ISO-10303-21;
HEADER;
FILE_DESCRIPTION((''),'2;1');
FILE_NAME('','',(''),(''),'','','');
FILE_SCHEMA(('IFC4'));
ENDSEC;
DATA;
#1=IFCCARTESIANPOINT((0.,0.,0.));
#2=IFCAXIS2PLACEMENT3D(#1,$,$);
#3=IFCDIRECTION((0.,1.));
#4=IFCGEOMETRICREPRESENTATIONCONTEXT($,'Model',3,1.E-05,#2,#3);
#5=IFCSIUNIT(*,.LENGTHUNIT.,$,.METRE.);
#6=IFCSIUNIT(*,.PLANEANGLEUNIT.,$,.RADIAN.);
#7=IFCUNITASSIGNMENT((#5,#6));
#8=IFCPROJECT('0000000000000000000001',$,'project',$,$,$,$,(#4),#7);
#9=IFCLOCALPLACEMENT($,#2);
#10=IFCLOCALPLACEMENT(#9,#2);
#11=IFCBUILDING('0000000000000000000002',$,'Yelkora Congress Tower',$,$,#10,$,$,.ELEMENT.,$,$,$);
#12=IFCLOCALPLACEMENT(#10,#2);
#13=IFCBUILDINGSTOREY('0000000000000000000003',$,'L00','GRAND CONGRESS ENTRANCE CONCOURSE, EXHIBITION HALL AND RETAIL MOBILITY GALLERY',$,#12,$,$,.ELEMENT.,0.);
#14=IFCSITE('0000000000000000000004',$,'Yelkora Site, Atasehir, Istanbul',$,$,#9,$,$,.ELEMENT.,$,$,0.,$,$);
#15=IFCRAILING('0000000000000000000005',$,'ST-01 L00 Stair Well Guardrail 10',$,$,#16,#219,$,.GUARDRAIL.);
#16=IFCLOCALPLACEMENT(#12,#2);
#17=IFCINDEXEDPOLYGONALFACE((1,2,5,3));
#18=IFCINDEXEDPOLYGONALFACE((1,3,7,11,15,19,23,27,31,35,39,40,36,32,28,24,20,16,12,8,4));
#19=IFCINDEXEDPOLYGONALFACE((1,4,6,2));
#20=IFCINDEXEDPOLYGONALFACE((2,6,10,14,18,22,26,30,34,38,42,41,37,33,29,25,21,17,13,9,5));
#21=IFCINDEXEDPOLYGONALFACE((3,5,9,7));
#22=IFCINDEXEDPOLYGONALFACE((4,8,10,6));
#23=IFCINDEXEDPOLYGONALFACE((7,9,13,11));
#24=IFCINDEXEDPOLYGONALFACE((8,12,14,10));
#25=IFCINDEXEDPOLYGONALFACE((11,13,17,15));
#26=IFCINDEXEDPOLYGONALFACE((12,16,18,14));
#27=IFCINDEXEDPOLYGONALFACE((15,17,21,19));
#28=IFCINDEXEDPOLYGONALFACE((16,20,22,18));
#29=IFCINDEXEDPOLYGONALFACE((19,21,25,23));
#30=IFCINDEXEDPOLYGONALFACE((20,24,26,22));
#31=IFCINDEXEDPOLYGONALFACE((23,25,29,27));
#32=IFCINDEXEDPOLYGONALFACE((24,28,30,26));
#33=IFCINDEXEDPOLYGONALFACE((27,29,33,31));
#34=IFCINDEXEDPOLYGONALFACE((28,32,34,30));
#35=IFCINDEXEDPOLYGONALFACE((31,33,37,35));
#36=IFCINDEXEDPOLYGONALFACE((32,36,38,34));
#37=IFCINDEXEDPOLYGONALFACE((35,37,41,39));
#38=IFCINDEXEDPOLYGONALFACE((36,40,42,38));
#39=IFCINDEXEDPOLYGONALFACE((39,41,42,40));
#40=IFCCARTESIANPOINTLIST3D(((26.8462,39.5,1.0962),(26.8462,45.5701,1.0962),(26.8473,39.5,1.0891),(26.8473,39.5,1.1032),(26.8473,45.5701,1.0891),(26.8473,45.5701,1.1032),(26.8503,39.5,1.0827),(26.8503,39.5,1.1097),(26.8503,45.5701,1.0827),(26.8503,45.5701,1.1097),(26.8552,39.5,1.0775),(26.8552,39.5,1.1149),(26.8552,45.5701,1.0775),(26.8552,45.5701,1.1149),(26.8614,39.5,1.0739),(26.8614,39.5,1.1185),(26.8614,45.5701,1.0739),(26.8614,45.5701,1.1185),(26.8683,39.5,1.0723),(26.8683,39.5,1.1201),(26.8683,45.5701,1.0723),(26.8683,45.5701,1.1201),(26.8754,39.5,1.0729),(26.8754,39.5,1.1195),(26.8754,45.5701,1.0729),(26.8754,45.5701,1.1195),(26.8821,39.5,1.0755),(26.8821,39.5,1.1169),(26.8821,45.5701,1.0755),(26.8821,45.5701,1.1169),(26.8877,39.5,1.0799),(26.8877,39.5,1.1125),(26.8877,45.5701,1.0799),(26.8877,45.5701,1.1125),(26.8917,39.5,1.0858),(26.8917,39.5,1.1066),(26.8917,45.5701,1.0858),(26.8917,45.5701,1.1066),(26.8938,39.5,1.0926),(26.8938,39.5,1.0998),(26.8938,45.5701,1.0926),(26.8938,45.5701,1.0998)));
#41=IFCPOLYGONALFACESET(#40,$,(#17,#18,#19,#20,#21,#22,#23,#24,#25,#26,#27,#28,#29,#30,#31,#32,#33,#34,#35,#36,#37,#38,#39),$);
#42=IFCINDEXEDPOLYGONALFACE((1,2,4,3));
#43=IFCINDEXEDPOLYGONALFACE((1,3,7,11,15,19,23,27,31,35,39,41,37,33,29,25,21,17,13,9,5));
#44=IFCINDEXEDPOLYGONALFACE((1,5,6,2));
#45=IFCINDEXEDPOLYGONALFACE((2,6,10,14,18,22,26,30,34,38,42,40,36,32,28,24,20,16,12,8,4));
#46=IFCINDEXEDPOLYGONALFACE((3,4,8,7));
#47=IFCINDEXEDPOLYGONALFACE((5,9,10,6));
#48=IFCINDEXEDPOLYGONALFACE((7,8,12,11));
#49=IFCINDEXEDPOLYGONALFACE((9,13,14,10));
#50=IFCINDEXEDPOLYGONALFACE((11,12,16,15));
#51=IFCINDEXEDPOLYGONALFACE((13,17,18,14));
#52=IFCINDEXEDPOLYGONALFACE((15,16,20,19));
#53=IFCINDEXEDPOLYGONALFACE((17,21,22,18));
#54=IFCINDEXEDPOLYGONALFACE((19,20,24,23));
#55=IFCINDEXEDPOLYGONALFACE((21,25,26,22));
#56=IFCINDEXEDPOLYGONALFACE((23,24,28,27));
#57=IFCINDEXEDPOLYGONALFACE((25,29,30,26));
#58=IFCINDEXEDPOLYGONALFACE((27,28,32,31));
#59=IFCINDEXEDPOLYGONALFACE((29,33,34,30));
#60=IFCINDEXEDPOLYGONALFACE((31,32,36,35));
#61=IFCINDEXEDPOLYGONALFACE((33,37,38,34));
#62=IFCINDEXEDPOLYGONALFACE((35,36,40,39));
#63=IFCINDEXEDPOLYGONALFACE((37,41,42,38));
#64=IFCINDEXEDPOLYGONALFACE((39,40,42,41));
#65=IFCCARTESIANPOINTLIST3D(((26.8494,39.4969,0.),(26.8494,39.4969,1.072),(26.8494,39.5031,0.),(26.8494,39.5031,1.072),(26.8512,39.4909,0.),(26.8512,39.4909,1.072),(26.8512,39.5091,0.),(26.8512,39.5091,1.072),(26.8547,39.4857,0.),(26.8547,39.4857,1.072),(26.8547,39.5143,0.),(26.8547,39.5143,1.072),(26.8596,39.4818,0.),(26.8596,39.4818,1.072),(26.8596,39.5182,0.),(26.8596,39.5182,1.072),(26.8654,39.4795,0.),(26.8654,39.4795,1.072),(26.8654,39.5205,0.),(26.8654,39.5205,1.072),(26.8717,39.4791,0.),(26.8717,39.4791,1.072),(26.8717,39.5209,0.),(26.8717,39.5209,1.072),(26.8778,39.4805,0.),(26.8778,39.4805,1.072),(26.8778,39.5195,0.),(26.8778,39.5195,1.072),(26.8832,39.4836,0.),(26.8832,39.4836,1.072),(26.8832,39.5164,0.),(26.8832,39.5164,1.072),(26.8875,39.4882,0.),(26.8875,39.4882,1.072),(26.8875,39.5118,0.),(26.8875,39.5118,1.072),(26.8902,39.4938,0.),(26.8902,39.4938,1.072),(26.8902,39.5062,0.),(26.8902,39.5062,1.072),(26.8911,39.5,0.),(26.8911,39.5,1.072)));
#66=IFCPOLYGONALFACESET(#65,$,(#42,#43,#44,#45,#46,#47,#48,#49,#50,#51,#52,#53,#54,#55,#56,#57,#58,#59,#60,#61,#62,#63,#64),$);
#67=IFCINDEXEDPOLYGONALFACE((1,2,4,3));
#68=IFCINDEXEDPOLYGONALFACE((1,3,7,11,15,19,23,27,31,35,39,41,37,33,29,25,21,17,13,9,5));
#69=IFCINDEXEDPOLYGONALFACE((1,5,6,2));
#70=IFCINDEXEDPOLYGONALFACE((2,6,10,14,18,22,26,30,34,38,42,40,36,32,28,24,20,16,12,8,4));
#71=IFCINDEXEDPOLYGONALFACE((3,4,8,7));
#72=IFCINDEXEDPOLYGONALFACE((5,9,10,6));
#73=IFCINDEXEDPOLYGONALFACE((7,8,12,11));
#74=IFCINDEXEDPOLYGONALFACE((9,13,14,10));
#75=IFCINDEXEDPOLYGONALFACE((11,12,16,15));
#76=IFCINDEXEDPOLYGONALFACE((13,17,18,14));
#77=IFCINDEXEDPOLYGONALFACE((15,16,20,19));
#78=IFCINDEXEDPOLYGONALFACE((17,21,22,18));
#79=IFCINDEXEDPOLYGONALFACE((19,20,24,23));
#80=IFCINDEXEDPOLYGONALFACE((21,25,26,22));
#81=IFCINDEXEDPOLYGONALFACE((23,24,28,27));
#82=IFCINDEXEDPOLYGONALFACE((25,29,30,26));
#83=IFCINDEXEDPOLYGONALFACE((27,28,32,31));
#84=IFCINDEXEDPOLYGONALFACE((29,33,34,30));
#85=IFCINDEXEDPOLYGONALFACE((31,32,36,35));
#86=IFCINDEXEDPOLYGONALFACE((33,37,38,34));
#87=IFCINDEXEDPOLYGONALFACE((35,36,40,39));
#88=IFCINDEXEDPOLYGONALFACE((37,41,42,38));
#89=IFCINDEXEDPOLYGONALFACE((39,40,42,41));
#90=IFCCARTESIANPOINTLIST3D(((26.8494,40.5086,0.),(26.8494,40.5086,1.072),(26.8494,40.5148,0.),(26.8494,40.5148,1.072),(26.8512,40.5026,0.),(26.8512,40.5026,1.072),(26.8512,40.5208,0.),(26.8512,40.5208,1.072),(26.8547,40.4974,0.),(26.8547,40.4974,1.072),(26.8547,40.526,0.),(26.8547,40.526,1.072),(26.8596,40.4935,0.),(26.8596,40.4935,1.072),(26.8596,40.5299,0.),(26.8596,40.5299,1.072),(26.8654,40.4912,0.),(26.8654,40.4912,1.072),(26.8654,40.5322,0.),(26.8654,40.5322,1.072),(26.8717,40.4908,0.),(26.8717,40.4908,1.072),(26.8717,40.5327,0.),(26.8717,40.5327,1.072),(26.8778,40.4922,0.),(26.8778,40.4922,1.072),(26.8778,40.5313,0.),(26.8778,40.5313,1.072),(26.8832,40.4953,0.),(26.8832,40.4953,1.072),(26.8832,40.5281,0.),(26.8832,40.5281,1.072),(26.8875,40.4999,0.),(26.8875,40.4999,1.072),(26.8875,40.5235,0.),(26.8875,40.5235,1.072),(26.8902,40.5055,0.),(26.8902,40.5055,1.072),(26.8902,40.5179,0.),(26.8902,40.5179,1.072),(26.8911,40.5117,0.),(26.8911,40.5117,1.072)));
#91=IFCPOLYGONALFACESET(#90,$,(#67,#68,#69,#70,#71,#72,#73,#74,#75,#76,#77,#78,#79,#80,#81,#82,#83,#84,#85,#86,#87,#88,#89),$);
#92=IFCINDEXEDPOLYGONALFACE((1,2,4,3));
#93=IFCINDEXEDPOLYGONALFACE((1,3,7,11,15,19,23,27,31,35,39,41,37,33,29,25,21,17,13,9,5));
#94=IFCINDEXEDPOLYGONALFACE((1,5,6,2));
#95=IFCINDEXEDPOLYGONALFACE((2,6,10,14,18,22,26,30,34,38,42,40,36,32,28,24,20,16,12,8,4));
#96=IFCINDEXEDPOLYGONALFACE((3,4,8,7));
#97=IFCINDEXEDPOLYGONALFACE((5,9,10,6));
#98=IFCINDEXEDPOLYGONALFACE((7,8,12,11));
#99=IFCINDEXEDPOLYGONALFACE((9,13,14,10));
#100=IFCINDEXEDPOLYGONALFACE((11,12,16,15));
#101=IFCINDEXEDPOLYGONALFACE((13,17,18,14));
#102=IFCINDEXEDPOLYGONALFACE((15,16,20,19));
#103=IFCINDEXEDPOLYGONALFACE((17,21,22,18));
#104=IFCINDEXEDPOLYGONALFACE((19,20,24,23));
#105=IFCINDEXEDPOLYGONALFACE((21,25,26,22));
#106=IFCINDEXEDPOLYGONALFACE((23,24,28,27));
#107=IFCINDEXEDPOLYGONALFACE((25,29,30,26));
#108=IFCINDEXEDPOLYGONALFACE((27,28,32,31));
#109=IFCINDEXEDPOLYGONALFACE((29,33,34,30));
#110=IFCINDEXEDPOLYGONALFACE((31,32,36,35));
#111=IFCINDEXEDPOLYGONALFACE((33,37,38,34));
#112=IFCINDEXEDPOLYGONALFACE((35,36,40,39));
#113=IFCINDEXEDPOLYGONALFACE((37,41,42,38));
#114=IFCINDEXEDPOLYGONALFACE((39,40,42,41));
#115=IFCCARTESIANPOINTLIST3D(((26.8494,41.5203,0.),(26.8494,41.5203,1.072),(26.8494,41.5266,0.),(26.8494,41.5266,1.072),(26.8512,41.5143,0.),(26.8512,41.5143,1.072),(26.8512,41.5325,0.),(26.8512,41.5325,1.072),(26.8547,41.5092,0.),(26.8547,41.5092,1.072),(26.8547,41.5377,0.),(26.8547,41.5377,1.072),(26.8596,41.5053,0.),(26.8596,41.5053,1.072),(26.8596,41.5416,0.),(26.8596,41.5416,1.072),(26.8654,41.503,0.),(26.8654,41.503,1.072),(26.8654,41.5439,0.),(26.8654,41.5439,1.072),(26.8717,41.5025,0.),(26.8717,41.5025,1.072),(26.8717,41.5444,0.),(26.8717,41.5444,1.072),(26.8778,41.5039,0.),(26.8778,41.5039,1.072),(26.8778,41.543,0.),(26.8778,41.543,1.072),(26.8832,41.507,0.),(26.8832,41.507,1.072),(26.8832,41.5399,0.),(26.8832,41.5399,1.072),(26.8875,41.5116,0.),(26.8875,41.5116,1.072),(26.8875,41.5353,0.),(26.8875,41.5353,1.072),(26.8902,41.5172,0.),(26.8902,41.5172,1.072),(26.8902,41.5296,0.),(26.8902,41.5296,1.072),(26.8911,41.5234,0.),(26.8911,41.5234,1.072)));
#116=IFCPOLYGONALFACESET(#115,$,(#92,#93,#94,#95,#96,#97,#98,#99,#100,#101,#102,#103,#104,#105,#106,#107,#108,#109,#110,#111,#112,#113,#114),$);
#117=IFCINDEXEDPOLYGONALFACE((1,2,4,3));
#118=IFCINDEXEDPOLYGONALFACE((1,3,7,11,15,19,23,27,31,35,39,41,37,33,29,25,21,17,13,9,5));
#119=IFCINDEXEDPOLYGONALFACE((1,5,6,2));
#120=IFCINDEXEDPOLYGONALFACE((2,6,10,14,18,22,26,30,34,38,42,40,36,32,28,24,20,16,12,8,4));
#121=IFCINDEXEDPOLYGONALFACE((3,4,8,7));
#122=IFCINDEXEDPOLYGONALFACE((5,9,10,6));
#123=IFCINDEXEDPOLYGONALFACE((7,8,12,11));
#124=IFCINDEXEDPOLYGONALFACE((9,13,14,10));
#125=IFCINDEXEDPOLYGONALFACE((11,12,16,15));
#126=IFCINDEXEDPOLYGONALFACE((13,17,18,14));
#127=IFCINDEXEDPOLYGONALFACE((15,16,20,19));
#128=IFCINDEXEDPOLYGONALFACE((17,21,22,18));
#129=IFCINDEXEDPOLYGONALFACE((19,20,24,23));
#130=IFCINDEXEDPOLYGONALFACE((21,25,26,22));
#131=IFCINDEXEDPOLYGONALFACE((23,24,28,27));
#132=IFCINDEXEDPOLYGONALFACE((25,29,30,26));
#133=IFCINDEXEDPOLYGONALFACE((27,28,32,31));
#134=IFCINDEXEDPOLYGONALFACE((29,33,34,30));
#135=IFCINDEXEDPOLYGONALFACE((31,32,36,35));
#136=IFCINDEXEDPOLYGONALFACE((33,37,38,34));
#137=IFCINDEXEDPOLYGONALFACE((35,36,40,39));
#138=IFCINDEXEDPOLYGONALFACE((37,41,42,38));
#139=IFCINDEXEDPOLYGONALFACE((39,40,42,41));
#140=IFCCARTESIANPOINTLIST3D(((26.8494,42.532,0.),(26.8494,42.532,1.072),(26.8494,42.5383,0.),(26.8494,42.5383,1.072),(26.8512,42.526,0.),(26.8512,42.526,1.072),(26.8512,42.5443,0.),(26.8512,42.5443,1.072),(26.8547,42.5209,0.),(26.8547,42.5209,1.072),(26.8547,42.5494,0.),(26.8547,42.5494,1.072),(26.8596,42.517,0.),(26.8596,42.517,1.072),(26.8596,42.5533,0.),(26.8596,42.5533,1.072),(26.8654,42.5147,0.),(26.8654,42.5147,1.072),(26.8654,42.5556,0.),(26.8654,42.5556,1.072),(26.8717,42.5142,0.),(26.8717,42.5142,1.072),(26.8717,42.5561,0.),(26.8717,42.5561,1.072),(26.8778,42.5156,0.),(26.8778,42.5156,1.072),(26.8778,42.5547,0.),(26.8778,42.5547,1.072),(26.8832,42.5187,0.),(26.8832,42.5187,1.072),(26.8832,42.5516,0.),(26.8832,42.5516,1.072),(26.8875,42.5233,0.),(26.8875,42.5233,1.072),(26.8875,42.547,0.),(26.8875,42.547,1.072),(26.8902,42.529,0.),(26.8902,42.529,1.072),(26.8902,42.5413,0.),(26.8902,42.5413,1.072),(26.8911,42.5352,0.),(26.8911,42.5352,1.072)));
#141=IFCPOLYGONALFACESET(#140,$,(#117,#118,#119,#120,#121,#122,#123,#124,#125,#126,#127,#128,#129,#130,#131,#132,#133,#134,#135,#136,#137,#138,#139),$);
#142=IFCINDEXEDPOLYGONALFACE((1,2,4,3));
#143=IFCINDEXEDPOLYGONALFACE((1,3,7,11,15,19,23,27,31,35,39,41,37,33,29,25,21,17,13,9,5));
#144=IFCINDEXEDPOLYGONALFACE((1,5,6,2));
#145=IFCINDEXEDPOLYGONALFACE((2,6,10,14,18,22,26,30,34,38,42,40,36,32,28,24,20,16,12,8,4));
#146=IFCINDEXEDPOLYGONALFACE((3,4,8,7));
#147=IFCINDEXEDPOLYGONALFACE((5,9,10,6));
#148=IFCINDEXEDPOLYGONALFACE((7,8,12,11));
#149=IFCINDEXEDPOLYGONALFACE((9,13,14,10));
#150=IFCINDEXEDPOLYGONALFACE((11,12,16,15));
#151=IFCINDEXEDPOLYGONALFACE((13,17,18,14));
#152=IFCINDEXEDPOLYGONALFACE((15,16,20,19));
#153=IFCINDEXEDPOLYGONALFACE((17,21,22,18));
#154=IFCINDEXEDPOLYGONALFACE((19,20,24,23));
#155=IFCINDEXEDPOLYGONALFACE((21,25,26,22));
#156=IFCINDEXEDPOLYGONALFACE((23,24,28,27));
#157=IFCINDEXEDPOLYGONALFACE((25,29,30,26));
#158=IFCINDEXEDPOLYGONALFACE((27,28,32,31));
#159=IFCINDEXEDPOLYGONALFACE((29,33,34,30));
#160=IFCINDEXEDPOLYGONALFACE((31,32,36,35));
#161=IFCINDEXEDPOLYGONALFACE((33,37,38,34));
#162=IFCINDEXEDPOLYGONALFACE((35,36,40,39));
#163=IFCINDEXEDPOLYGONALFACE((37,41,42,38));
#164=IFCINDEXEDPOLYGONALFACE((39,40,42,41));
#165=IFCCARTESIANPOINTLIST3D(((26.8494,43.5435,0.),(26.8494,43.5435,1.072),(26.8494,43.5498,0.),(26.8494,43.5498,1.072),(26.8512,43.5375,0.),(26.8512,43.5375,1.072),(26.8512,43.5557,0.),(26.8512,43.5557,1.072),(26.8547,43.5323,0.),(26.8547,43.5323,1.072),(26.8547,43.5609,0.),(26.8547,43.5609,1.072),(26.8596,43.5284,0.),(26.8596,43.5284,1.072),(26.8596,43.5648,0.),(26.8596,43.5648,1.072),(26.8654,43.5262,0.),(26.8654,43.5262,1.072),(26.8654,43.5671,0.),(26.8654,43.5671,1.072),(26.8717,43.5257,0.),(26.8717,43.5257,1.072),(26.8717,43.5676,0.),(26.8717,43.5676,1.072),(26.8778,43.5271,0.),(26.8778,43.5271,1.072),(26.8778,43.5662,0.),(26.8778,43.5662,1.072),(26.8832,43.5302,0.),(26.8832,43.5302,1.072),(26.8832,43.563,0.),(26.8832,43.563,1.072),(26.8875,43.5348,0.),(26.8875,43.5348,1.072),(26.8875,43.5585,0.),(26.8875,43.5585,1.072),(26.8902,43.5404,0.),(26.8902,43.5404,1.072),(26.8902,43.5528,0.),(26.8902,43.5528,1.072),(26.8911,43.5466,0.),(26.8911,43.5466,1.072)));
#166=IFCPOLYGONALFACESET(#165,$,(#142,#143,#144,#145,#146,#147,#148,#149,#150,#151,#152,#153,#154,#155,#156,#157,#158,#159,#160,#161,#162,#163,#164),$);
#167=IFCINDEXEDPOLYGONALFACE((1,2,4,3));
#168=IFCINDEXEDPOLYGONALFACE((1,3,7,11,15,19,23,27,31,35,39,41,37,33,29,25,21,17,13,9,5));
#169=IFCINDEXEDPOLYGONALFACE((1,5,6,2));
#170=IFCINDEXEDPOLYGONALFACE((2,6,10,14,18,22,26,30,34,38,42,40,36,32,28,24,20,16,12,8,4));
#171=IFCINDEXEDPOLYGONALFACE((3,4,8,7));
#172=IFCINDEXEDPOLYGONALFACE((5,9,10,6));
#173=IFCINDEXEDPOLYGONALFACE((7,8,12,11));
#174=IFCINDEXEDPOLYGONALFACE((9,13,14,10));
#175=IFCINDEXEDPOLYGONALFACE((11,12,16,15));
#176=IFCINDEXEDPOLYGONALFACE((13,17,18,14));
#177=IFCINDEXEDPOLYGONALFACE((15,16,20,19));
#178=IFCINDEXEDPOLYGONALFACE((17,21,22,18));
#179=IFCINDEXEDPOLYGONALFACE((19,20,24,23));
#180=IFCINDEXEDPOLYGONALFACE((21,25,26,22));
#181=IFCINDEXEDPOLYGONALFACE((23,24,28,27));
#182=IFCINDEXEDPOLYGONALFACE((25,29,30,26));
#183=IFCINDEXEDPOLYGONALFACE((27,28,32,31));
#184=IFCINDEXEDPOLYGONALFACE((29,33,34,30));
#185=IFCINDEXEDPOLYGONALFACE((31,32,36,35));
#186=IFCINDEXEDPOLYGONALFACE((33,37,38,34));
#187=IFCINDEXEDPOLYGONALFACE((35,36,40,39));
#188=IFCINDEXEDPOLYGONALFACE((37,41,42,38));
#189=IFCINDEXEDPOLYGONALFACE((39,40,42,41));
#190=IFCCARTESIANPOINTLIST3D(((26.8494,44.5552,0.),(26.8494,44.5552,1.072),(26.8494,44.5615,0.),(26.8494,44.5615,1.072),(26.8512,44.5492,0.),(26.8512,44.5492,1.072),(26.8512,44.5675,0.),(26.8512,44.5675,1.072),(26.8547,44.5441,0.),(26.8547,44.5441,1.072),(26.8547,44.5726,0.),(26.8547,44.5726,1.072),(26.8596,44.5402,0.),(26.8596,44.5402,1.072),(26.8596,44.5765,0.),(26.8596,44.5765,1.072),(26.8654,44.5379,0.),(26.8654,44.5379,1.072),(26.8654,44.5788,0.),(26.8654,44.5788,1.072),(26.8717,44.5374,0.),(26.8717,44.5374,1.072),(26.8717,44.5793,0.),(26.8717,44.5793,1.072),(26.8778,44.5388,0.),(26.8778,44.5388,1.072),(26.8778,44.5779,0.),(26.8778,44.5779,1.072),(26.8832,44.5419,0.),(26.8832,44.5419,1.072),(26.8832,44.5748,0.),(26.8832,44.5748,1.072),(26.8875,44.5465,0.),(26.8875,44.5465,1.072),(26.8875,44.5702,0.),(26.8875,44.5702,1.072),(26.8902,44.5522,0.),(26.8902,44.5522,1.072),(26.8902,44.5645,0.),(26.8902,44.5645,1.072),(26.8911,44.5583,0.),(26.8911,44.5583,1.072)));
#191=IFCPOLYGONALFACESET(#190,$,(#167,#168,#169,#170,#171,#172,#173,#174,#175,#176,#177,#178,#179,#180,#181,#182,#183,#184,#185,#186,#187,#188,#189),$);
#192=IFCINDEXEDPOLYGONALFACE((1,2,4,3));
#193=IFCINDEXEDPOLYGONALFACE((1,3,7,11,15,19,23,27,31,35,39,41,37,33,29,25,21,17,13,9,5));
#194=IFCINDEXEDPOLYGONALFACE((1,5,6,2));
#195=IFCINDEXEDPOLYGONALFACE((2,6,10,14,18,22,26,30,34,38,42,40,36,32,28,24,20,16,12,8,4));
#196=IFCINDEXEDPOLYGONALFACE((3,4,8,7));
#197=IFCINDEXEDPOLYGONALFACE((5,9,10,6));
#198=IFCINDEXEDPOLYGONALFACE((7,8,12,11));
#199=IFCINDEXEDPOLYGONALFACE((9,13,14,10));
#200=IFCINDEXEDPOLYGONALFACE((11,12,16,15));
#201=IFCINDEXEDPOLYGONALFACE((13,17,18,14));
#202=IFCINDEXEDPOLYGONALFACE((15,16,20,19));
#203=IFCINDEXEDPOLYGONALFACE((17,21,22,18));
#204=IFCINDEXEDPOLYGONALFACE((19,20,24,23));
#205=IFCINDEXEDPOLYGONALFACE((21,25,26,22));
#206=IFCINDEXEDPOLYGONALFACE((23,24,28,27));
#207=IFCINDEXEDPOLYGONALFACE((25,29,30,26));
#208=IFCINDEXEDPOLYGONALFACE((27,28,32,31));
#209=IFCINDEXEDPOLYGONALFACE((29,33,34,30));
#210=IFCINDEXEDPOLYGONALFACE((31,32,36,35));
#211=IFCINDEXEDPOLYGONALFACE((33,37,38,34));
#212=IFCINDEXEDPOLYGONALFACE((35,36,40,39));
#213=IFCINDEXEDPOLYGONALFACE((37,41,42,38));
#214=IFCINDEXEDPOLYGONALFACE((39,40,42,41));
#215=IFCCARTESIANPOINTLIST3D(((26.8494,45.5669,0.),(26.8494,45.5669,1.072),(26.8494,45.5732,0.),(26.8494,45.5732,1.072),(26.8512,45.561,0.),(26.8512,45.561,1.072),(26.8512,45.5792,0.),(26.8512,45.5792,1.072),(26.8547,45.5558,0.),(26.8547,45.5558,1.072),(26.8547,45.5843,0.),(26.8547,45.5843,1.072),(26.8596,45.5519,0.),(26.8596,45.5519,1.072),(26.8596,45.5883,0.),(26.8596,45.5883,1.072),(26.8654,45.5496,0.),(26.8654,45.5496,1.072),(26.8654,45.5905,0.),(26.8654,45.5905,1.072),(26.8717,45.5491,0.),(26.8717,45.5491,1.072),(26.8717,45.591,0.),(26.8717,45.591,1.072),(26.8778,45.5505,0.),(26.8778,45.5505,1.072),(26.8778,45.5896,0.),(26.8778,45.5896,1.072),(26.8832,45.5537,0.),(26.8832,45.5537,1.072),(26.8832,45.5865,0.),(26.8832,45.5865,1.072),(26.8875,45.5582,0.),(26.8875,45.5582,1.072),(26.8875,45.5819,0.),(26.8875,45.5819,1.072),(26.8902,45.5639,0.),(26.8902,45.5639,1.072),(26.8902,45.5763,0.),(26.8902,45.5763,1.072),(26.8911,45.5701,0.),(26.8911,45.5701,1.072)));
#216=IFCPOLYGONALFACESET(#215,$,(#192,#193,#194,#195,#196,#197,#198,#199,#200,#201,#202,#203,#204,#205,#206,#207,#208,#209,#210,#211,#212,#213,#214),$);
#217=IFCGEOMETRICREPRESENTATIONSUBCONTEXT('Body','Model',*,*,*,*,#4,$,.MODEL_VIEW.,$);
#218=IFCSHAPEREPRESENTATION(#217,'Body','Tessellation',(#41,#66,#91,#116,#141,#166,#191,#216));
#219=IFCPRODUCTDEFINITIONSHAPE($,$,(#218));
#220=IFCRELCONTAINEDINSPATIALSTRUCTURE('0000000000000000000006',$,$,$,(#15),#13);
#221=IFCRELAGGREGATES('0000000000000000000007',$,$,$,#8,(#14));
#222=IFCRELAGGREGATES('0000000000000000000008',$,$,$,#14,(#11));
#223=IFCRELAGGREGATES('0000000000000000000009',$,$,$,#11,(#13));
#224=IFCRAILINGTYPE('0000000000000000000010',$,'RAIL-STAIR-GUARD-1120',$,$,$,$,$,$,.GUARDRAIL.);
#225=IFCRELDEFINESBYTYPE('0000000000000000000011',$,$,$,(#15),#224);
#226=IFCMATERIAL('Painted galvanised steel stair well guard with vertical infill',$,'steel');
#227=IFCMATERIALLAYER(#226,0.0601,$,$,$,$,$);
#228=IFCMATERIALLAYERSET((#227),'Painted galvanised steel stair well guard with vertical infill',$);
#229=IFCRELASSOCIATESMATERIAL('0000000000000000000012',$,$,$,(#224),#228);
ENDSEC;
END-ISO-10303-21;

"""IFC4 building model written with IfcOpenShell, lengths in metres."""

from ifc_helpers import new_model, si_unit, direction, frame, origin, origin_2d, place, context, subcontext, project, spatial, circle, extrude, material, layer, layer_set, type_object, element, save


model = new_model("IFC4")

# Units and contexts
model_context = context("Model", 3, precision=1e-05, world=origin(), true_north=direction((0.0, 1.0)))
body_context = subcontext(model_context, "Body", "Model", "MODEL_VIEW")
ifc_project = project(units=[si_unit("LENGTHUNIT", "METRE"), si_unit("PLANEANGLEUNIT", "RADIAN")], contexts=[model_context])

# Site, building, storey
site_placement = place(None, origin())
site = spatial("IfcSite", under=ifc_project, at=site_placement, Name="Yelkora Site, Atasehir, Istanbul", CompositionType="ELEMENT", RefElevation=0.0)
building_placement = place(site_placement, origin())
building = spatial("IfcBuilding", under=site, at=building_placement, Name="Yelkora Congress Tower", CompositionType="ELEMENT")
storey_placement = place(building_placement, origin())
storey = spatial("IfcBuildingStorey", under=building, at=storey_placement, Name="L00", Description="GRAND CONGRESS ENTRANCE CONCOURSE, EXHIBITION HALL AND RETAIL MOBILITY GALLERY", CompositionType="ELEMENT", Elevation=0.0)

# Railing
ifc_material_1 = material(Name="Painted galvanised steel stair well guard with vertical infill", Category="steel")
ifc_layer_1 = layer(ifc_material_1, 0.0601)
ifc_layer_set_1 = layer_set([ifc_layer_1], Name="Painted galvanised steel stair well guard with vertical infill")
railing_type_1 = type_object("IfcRailingType", Name="RAIL-STAIR-GUARD-1120", PredefinedType="GUARDRAIL", material=ifc_layer_set_1)
railing_1_placement = place(storey_placement, frame((26.8701, 39.5, 0.0)))
element("IfcRailing", 1, at=railing_1_placement, inside=storey, type_object=railing_type_1, Name="ST-01 L00 Stair Well Guardrail 10", PredefinedType="GUARDRAIL", context=body_context, shape_type="SweptSolid", body=[
    extrude(circle(Radius=0.0239, at=origin_2d()), frame((0.0, 0.0, 1.0962), z_axis=(0.0, 1.0, 0.0), x_axis=(-1.0, 0.0, 0.0)), (0.0, 0.0, 1.0), 6.0701),
    extrude(circle(Radius=0.021, at=origin_2d()), origin(), (0.0, 0.0, 1.0), 1.072),
    extrude(circle(Radius=0.021, at=origin_2d()), frame((0.0, 1.0117, 0.0)), (0.0, 0.0, 1.0), 1.072),
    extrude(circle(Radius=0.021, at=origin_2d()), frame((0.0, 2.0234, 0.0)), (0.0, 0.0, 1.0), 1.072),
    extrude(circle(Radius=0.021, at=origin_2d()), frame((0.0, 3.0352, 0.0)), (0.0, 0.0, 1.0), 1.072),
    extrude(circle(Radius=0.021, at=origin_2d()), frame((0.0, 4.0466, 0.0)), (0.0, 0.0, 1.0), 1.072),
    extrude(circle(Radius=0.021, at=origin_2d()), frame((0.0, 5.0583, 0.0)), (0.0, 0.0, 1.0), 1.072),
    extrude(circle(Radius=0.021, at=origin_2d()), frame((0.0, 6.0701, 0.0)), (0.0, 0.0, 1.0), 1.072),
])

save(model, "model.ifc")
